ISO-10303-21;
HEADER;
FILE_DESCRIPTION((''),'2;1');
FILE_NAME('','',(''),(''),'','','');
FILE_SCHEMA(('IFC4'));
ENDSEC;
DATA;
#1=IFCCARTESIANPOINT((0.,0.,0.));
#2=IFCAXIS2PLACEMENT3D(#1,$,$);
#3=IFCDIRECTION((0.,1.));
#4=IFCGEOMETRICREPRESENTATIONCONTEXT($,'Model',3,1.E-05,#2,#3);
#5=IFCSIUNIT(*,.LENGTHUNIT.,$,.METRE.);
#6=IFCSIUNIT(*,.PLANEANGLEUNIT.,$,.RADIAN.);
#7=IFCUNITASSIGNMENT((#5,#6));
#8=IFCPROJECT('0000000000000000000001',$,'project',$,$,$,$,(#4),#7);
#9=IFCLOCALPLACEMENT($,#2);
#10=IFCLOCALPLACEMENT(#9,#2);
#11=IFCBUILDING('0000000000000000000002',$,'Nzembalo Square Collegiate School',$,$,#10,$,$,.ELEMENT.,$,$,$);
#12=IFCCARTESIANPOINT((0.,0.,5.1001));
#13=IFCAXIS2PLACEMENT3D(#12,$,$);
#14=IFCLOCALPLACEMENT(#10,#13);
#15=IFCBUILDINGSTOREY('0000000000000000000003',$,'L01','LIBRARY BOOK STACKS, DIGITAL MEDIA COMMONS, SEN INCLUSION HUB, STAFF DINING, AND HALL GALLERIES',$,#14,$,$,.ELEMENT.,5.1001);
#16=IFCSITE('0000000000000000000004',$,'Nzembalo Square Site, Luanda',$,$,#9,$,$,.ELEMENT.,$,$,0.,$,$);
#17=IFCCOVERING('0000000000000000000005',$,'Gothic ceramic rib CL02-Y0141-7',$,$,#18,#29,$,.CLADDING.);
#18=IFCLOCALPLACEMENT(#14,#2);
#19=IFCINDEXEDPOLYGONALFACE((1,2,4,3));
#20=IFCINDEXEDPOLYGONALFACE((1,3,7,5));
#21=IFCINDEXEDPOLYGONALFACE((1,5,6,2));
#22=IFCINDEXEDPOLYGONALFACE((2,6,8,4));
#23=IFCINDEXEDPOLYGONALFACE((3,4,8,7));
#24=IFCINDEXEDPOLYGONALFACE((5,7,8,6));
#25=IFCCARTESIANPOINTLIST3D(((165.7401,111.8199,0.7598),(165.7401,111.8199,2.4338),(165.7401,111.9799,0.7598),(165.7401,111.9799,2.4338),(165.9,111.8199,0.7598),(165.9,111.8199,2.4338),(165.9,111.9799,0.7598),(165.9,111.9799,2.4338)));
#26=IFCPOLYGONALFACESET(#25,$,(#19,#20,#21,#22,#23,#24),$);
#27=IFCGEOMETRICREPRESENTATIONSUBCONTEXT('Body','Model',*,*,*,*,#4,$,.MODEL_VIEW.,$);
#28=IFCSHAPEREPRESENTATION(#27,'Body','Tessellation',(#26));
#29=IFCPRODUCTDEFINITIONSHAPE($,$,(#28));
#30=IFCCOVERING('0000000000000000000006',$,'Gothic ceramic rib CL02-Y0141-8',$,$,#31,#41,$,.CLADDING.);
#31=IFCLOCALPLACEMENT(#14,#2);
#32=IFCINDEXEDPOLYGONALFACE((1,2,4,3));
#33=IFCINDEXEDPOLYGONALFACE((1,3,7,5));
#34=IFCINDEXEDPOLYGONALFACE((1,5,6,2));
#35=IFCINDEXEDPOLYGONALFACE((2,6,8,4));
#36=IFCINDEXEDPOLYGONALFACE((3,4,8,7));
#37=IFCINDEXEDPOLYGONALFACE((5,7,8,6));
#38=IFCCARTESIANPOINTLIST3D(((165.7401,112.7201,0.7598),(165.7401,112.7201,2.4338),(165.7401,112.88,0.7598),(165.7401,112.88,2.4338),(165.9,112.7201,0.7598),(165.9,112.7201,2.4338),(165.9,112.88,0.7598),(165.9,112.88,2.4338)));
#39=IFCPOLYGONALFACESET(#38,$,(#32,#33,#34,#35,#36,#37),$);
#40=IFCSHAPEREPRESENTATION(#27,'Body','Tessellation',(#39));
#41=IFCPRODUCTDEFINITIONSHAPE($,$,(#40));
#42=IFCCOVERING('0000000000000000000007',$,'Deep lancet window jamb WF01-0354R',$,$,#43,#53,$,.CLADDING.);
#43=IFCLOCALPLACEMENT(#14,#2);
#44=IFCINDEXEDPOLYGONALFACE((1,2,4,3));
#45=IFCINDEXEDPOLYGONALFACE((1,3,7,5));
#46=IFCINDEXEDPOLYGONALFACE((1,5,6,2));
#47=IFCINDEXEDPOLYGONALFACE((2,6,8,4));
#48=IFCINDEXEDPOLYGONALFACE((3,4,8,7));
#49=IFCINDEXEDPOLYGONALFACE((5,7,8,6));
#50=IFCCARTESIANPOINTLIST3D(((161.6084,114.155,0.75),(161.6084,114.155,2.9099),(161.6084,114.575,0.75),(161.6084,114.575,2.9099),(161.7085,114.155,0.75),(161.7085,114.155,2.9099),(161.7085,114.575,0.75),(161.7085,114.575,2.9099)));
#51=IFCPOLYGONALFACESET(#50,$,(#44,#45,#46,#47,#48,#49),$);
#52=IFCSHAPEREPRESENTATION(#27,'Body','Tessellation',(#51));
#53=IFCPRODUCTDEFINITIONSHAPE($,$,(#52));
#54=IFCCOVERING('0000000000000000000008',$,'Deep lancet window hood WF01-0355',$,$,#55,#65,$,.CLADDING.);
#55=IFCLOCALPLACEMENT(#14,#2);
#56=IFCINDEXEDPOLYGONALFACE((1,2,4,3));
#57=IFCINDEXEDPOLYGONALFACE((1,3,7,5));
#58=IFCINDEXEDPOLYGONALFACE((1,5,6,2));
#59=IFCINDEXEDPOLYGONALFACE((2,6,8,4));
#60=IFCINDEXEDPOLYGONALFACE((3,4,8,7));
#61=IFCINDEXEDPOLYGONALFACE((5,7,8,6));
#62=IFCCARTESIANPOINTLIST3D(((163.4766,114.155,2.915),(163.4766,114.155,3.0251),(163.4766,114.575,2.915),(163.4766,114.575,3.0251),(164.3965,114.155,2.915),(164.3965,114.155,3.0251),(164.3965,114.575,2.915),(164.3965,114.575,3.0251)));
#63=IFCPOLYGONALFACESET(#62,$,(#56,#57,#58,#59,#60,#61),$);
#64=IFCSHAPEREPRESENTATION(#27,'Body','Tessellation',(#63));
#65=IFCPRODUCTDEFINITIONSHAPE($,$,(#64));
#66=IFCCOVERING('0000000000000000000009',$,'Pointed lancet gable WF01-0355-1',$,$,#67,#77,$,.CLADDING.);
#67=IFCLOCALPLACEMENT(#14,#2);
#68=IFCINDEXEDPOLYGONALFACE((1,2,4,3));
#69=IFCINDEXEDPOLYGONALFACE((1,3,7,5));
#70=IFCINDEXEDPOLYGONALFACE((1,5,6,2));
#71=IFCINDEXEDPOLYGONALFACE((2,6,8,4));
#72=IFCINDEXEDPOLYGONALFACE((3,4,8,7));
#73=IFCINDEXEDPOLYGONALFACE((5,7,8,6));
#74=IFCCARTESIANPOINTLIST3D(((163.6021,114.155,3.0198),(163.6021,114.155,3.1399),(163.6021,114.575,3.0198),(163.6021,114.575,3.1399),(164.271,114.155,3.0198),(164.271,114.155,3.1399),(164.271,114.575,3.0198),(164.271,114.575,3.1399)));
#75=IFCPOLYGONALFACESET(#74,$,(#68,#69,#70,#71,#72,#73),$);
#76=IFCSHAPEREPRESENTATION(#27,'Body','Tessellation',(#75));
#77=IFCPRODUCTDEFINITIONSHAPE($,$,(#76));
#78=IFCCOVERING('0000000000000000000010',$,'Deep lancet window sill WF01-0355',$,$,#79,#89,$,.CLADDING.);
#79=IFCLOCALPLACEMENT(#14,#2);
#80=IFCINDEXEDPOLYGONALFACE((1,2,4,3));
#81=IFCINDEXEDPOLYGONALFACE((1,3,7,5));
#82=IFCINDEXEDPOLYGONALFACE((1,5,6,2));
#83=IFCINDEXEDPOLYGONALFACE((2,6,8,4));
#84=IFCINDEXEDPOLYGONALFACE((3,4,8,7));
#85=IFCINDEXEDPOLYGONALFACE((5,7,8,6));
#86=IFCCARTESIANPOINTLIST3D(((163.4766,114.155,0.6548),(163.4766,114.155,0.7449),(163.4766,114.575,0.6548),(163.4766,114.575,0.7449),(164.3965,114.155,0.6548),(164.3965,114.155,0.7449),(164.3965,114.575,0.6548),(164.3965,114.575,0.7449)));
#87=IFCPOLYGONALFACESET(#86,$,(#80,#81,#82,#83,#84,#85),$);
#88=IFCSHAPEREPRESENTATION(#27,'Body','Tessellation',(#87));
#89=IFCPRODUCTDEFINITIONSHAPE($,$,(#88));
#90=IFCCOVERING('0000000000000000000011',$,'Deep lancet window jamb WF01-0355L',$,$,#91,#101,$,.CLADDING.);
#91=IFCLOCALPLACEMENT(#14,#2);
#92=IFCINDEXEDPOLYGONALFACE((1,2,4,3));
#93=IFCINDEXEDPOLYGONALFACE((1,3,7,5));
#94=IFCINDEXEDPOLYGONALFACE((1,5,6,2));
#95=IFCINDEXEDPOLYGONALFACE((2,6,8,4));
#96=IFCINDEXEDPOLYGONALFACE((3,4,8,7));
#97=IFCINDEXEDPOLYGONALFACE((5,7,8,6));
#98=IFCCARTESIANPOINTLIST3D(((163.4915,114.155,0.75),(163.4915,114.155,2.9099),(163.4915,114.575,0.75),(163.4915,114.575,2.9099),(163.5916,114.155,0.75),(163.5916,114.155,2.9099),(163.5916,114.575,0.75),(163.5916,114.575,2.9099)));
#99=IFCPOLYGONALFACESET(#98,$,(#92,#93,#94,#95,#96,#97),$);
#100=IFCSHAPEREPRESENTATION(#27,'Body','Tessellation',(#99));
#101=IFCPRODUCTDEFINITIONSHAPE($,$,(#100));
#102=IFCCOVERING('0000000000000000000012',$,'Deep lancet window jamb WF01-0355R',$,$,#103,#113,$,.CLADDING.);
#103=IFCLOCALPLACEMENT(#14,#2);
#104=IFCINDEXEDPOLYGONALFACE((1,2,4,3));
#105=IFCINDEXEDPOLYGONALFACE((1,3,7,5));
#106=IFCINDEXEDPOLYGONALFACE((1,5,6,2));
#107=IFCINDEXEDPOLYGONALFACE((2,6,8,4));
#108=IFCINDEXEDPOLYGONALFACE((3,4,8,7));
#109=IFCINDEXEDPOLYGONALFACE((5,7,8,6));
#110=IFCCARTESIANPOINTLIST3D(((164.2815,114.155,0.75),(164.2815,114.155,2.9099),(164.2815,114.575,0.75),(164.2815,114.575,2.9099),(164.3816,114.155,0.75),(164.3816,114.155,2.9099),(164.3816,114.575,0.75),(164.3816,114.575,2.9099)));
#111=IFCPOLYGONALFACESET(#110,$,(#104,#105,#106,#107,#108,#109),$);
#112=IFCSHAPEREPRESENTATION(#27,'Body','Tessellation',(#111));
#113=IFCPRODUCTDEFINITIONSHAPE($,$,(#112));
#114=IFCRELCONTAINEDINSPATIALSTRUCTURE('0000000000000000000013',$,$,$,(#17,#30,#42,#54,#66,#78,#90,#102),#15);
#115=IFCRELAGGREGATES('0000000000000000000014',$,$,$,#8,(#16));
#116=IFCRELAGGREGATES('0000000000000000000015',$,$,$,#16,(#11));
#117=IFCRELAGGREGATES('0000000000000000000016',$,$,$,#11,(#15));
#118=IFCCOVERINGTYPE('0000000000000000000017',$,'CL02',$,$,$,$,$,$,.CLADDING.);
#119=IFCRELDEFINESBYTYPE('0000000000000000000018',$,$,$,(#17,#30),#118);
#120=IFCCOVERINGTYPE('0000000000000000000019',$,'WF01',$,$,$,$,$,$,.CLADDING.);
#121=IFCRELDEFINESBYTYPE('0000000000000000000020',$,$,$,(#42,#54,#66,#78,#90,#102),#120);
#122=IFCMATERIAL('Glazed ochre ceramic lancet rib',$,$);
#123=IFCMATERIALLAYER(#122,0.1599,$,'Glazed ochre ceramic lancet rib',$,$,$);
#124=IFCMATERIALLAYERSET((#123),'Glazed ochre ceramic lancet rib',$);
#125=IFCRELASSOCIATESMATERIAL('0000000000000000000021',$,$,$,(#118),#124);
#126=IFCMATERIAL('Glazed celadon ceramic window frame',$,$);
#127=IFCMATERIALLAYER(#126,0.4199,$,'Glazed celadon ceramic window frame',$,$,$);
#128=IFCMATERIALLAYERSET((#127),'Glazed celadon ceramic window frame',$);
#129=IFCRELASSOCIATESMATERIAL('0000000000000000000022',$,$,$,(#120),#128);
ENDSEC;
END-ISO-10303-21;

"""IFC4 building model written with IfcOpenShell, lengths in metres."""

from ifc_helpers import new_model, si_unit, direction, frame, origin, origin_2d, place, context, subcontext, project, spatial, rectangle, extrude, material, layer, layer_set, type_object, element, save


model = new_model("IFC4")

# Units and contexts
model_context = context("Model", 3, precision=1e-05, world=origin(), true_north=direction((0.0, 1.0)))
body_context = subcontext(model_context, "Body", "Model", "MODEL_VIEW")
ifc_project = project(units=[si_unit("LENGTHUNIT", "METRE"), si_unit("PLANEANGLEUNIT", "RADIAN")], contexts=[model_context])

# Site, building, storey
site_placement = place(None, origin())
site = spatial("IfcSite", under=ifc_project, at=site_placement, Name="Nzembalo Square Site, Luanda", CompositionType="ELEMENT", RefElevation=0.0)
building_placement = place(site_placement, origin())
building = spatial("IfcBuilding", under=site, at=building_placement, Name="Nzembalo Square Collegiate School", CompositionType="ELEMENT")
storey_placement = place(building_placement, frame((0.0, 0.0, 5.1001)))
storey = spatial("IfcBuildingStorey", under=building, at=storey_placement, Name="L01", Description="LIBRARY BOOK STACKS, DIGITAL MEDIA COMMONS, SEN INCLUSION HUB, STAFF DINING, AND HALL GALLERIES", CompositionType="ELEMENT", Elevation=5.1001)

# Coverings
ifc_material_1 = material(Name="Glazed ochre ceramic lancet rib")
ifc_layer_1 = layer(ifc_material_1, 0.1599, Name="Glazed ochre ceramic lancet rib")
ifc_layer_set_1 = layer_set([ifc_layer_1], Name="Glazed ochre ceramic lancet rib")
covering_type_1 = type_object("IfcCoveringType", Name="CL02", PredefinedType="CLADDING", material=ifc_layer_set_1)
for number, where, z_axis, x_axis, name in (
    (1, (165.8201, 111.8999, 0.7598), (0.0, 0.0, 1.0), (1.0, 0.0, 0.0), "Gothic ceramic rib CL02-Y0141-7"),
    (2, (165.8201, 112.8, 0.7598), (0.0, 0.0, 1.0), (1.0, 0.0, 0.0), "Gothic ceramic rib CL02-Y0141-8"),
):
    element("IfcCovering", number, at=place(storey_placement, frame(where, z_axis=z_axis, x_axis=x_axis)), inside=storey, type_object=covering_type_1, Name=name, PredefinedType="CLADDING", context=body_context, shape_type="SweptSolid", body=[
        extrude(rectangle(XDim=0.1599, YDim=0.1599, at=origin_2d()), origin(), (0.0, 0.0, 1.0), 1.6741),
    ])
ifc_material_2 = material(Name="Glazed celadon ceramic window frame")
ifc_layer_2 = layer(ifc_material_2, 0.4199, Name="Glazed celadon ceramic window frame")
ifc_layer_set_2 = layer_set([ifc_layer_2], Name="Glazed celadon ceramic window frame")
covering_type_2 = type_object("IfcCoveringType", Name="WF01", PredefinedType="CLADDING", material=ifc_layer_set_2)
covering_1_placement = place(storey_placement, frame((161.6584, 114.365, 0.75), z_axis=(0.0, 0.0, 1.0), x_axis=(1.0, 0.0, 0.0)))
element("IfcCovering", 3, at=covering_1_placement, inside=storey, type_object=covering_type_2, Name="Deep lancet window jamb WF01-0354R", PredefinedType="CLADDING", context=body_context, shape_type="SweptSolid", body=[
    extrude(rectangle(XDim=0.1001, YDim=0.4199, at=origin_2d()), origin(), (0.0, 0.0, 1.0), 2.1599),
])
covering_2_placement = place(storey_placement, frame((163.9365, 114.365, 2.915), z_axis=(0.0, 0.0, 1.0), x_axis=(1.0, 0.0, 0.0)))
element("IfcCovering", 4, at=covering_2_placement, inside=storey, type_object=covering_type_2, Name="Deep lancet window hood WF01-0355", PredefinedType="CLADDING", context=body_context, shape_type="SweptSolid", body=[
    extrude(rectangle(XDim=0.9199, YDim=0.4199, at=origin_2d()), origin(), (0.0, 0.0, 1.0), 0.1101),
])
covering_3_placement = place(storey_placement, frame((163.9365, 114.365, 3.0198), z_axis=(0.0, 0.0, 1.0), x_axis=(1.0, 0.0, 0.0)))
element("IfcCovering", 5, at=covering_3_placement, inside=storey, type_object=covering_type_2, Name="Pointed lancet gable WF01-0355-1", PredefinedType="CLADDING", context=body_context, shape_type="SweptSolid", body=[
    extrude(rectangle(XDim=0.6689, YDim=0.4199, at=origin_2d()), origin(), (0.0, 0.0, 1.0), 0.1201),
])
covering_4_placement = place(storey_placement, frame((163.9365, 114.365, 0.6548), z_axis=(0.0, 0.0, 1.0), x_axis=(1.0, 0.0, 0.0)))
element("IfcCovering", 6, at=covering_4_placement, inside=storey, type_object=covering_type_2, Name="Deep lancet window sill WF01-0355", PredefinedType="CLADDING", context=body_context, shape_type="SweptSolid", body=[
    extrude(rectangle(XDim=0.9199, YDim=0.4199, at=origin_2d()), origin(), (0.0, 0.0, 1.0), 0.0901),
])
for number, where, z_axis, x_axis, name in (
    (7, (163.5415, 114.365, 0.75), (0.0, 0.0, 1.0), (1.0, 0.0, 0.0), "Deep lancet window jamb WF01-0355L"),
    (8, (164.3315, 114.365, 0.75), (0.0, 0.0, 1.0), (1.0, 0.0, 0.0), "Deep lancet window jamb WF01-0355R"),
):
    element("IfcCovering", number, at=place(storey_placement, frame(where, z_axis=z_axis, x_axis=x_axis)), inside=storey, type_object=covering_type_2, Name=name, PredefinedType="CLADDING", context=body_context, shape_type="SweptSolid", body=[
        extrude(rectangle(XDim=0.1001, YDim=0.4199, at=origin_2d()), origin(), (0.0, 0.0, 1.0), 2.1599),
    ])

save(model, "model.ifc")
